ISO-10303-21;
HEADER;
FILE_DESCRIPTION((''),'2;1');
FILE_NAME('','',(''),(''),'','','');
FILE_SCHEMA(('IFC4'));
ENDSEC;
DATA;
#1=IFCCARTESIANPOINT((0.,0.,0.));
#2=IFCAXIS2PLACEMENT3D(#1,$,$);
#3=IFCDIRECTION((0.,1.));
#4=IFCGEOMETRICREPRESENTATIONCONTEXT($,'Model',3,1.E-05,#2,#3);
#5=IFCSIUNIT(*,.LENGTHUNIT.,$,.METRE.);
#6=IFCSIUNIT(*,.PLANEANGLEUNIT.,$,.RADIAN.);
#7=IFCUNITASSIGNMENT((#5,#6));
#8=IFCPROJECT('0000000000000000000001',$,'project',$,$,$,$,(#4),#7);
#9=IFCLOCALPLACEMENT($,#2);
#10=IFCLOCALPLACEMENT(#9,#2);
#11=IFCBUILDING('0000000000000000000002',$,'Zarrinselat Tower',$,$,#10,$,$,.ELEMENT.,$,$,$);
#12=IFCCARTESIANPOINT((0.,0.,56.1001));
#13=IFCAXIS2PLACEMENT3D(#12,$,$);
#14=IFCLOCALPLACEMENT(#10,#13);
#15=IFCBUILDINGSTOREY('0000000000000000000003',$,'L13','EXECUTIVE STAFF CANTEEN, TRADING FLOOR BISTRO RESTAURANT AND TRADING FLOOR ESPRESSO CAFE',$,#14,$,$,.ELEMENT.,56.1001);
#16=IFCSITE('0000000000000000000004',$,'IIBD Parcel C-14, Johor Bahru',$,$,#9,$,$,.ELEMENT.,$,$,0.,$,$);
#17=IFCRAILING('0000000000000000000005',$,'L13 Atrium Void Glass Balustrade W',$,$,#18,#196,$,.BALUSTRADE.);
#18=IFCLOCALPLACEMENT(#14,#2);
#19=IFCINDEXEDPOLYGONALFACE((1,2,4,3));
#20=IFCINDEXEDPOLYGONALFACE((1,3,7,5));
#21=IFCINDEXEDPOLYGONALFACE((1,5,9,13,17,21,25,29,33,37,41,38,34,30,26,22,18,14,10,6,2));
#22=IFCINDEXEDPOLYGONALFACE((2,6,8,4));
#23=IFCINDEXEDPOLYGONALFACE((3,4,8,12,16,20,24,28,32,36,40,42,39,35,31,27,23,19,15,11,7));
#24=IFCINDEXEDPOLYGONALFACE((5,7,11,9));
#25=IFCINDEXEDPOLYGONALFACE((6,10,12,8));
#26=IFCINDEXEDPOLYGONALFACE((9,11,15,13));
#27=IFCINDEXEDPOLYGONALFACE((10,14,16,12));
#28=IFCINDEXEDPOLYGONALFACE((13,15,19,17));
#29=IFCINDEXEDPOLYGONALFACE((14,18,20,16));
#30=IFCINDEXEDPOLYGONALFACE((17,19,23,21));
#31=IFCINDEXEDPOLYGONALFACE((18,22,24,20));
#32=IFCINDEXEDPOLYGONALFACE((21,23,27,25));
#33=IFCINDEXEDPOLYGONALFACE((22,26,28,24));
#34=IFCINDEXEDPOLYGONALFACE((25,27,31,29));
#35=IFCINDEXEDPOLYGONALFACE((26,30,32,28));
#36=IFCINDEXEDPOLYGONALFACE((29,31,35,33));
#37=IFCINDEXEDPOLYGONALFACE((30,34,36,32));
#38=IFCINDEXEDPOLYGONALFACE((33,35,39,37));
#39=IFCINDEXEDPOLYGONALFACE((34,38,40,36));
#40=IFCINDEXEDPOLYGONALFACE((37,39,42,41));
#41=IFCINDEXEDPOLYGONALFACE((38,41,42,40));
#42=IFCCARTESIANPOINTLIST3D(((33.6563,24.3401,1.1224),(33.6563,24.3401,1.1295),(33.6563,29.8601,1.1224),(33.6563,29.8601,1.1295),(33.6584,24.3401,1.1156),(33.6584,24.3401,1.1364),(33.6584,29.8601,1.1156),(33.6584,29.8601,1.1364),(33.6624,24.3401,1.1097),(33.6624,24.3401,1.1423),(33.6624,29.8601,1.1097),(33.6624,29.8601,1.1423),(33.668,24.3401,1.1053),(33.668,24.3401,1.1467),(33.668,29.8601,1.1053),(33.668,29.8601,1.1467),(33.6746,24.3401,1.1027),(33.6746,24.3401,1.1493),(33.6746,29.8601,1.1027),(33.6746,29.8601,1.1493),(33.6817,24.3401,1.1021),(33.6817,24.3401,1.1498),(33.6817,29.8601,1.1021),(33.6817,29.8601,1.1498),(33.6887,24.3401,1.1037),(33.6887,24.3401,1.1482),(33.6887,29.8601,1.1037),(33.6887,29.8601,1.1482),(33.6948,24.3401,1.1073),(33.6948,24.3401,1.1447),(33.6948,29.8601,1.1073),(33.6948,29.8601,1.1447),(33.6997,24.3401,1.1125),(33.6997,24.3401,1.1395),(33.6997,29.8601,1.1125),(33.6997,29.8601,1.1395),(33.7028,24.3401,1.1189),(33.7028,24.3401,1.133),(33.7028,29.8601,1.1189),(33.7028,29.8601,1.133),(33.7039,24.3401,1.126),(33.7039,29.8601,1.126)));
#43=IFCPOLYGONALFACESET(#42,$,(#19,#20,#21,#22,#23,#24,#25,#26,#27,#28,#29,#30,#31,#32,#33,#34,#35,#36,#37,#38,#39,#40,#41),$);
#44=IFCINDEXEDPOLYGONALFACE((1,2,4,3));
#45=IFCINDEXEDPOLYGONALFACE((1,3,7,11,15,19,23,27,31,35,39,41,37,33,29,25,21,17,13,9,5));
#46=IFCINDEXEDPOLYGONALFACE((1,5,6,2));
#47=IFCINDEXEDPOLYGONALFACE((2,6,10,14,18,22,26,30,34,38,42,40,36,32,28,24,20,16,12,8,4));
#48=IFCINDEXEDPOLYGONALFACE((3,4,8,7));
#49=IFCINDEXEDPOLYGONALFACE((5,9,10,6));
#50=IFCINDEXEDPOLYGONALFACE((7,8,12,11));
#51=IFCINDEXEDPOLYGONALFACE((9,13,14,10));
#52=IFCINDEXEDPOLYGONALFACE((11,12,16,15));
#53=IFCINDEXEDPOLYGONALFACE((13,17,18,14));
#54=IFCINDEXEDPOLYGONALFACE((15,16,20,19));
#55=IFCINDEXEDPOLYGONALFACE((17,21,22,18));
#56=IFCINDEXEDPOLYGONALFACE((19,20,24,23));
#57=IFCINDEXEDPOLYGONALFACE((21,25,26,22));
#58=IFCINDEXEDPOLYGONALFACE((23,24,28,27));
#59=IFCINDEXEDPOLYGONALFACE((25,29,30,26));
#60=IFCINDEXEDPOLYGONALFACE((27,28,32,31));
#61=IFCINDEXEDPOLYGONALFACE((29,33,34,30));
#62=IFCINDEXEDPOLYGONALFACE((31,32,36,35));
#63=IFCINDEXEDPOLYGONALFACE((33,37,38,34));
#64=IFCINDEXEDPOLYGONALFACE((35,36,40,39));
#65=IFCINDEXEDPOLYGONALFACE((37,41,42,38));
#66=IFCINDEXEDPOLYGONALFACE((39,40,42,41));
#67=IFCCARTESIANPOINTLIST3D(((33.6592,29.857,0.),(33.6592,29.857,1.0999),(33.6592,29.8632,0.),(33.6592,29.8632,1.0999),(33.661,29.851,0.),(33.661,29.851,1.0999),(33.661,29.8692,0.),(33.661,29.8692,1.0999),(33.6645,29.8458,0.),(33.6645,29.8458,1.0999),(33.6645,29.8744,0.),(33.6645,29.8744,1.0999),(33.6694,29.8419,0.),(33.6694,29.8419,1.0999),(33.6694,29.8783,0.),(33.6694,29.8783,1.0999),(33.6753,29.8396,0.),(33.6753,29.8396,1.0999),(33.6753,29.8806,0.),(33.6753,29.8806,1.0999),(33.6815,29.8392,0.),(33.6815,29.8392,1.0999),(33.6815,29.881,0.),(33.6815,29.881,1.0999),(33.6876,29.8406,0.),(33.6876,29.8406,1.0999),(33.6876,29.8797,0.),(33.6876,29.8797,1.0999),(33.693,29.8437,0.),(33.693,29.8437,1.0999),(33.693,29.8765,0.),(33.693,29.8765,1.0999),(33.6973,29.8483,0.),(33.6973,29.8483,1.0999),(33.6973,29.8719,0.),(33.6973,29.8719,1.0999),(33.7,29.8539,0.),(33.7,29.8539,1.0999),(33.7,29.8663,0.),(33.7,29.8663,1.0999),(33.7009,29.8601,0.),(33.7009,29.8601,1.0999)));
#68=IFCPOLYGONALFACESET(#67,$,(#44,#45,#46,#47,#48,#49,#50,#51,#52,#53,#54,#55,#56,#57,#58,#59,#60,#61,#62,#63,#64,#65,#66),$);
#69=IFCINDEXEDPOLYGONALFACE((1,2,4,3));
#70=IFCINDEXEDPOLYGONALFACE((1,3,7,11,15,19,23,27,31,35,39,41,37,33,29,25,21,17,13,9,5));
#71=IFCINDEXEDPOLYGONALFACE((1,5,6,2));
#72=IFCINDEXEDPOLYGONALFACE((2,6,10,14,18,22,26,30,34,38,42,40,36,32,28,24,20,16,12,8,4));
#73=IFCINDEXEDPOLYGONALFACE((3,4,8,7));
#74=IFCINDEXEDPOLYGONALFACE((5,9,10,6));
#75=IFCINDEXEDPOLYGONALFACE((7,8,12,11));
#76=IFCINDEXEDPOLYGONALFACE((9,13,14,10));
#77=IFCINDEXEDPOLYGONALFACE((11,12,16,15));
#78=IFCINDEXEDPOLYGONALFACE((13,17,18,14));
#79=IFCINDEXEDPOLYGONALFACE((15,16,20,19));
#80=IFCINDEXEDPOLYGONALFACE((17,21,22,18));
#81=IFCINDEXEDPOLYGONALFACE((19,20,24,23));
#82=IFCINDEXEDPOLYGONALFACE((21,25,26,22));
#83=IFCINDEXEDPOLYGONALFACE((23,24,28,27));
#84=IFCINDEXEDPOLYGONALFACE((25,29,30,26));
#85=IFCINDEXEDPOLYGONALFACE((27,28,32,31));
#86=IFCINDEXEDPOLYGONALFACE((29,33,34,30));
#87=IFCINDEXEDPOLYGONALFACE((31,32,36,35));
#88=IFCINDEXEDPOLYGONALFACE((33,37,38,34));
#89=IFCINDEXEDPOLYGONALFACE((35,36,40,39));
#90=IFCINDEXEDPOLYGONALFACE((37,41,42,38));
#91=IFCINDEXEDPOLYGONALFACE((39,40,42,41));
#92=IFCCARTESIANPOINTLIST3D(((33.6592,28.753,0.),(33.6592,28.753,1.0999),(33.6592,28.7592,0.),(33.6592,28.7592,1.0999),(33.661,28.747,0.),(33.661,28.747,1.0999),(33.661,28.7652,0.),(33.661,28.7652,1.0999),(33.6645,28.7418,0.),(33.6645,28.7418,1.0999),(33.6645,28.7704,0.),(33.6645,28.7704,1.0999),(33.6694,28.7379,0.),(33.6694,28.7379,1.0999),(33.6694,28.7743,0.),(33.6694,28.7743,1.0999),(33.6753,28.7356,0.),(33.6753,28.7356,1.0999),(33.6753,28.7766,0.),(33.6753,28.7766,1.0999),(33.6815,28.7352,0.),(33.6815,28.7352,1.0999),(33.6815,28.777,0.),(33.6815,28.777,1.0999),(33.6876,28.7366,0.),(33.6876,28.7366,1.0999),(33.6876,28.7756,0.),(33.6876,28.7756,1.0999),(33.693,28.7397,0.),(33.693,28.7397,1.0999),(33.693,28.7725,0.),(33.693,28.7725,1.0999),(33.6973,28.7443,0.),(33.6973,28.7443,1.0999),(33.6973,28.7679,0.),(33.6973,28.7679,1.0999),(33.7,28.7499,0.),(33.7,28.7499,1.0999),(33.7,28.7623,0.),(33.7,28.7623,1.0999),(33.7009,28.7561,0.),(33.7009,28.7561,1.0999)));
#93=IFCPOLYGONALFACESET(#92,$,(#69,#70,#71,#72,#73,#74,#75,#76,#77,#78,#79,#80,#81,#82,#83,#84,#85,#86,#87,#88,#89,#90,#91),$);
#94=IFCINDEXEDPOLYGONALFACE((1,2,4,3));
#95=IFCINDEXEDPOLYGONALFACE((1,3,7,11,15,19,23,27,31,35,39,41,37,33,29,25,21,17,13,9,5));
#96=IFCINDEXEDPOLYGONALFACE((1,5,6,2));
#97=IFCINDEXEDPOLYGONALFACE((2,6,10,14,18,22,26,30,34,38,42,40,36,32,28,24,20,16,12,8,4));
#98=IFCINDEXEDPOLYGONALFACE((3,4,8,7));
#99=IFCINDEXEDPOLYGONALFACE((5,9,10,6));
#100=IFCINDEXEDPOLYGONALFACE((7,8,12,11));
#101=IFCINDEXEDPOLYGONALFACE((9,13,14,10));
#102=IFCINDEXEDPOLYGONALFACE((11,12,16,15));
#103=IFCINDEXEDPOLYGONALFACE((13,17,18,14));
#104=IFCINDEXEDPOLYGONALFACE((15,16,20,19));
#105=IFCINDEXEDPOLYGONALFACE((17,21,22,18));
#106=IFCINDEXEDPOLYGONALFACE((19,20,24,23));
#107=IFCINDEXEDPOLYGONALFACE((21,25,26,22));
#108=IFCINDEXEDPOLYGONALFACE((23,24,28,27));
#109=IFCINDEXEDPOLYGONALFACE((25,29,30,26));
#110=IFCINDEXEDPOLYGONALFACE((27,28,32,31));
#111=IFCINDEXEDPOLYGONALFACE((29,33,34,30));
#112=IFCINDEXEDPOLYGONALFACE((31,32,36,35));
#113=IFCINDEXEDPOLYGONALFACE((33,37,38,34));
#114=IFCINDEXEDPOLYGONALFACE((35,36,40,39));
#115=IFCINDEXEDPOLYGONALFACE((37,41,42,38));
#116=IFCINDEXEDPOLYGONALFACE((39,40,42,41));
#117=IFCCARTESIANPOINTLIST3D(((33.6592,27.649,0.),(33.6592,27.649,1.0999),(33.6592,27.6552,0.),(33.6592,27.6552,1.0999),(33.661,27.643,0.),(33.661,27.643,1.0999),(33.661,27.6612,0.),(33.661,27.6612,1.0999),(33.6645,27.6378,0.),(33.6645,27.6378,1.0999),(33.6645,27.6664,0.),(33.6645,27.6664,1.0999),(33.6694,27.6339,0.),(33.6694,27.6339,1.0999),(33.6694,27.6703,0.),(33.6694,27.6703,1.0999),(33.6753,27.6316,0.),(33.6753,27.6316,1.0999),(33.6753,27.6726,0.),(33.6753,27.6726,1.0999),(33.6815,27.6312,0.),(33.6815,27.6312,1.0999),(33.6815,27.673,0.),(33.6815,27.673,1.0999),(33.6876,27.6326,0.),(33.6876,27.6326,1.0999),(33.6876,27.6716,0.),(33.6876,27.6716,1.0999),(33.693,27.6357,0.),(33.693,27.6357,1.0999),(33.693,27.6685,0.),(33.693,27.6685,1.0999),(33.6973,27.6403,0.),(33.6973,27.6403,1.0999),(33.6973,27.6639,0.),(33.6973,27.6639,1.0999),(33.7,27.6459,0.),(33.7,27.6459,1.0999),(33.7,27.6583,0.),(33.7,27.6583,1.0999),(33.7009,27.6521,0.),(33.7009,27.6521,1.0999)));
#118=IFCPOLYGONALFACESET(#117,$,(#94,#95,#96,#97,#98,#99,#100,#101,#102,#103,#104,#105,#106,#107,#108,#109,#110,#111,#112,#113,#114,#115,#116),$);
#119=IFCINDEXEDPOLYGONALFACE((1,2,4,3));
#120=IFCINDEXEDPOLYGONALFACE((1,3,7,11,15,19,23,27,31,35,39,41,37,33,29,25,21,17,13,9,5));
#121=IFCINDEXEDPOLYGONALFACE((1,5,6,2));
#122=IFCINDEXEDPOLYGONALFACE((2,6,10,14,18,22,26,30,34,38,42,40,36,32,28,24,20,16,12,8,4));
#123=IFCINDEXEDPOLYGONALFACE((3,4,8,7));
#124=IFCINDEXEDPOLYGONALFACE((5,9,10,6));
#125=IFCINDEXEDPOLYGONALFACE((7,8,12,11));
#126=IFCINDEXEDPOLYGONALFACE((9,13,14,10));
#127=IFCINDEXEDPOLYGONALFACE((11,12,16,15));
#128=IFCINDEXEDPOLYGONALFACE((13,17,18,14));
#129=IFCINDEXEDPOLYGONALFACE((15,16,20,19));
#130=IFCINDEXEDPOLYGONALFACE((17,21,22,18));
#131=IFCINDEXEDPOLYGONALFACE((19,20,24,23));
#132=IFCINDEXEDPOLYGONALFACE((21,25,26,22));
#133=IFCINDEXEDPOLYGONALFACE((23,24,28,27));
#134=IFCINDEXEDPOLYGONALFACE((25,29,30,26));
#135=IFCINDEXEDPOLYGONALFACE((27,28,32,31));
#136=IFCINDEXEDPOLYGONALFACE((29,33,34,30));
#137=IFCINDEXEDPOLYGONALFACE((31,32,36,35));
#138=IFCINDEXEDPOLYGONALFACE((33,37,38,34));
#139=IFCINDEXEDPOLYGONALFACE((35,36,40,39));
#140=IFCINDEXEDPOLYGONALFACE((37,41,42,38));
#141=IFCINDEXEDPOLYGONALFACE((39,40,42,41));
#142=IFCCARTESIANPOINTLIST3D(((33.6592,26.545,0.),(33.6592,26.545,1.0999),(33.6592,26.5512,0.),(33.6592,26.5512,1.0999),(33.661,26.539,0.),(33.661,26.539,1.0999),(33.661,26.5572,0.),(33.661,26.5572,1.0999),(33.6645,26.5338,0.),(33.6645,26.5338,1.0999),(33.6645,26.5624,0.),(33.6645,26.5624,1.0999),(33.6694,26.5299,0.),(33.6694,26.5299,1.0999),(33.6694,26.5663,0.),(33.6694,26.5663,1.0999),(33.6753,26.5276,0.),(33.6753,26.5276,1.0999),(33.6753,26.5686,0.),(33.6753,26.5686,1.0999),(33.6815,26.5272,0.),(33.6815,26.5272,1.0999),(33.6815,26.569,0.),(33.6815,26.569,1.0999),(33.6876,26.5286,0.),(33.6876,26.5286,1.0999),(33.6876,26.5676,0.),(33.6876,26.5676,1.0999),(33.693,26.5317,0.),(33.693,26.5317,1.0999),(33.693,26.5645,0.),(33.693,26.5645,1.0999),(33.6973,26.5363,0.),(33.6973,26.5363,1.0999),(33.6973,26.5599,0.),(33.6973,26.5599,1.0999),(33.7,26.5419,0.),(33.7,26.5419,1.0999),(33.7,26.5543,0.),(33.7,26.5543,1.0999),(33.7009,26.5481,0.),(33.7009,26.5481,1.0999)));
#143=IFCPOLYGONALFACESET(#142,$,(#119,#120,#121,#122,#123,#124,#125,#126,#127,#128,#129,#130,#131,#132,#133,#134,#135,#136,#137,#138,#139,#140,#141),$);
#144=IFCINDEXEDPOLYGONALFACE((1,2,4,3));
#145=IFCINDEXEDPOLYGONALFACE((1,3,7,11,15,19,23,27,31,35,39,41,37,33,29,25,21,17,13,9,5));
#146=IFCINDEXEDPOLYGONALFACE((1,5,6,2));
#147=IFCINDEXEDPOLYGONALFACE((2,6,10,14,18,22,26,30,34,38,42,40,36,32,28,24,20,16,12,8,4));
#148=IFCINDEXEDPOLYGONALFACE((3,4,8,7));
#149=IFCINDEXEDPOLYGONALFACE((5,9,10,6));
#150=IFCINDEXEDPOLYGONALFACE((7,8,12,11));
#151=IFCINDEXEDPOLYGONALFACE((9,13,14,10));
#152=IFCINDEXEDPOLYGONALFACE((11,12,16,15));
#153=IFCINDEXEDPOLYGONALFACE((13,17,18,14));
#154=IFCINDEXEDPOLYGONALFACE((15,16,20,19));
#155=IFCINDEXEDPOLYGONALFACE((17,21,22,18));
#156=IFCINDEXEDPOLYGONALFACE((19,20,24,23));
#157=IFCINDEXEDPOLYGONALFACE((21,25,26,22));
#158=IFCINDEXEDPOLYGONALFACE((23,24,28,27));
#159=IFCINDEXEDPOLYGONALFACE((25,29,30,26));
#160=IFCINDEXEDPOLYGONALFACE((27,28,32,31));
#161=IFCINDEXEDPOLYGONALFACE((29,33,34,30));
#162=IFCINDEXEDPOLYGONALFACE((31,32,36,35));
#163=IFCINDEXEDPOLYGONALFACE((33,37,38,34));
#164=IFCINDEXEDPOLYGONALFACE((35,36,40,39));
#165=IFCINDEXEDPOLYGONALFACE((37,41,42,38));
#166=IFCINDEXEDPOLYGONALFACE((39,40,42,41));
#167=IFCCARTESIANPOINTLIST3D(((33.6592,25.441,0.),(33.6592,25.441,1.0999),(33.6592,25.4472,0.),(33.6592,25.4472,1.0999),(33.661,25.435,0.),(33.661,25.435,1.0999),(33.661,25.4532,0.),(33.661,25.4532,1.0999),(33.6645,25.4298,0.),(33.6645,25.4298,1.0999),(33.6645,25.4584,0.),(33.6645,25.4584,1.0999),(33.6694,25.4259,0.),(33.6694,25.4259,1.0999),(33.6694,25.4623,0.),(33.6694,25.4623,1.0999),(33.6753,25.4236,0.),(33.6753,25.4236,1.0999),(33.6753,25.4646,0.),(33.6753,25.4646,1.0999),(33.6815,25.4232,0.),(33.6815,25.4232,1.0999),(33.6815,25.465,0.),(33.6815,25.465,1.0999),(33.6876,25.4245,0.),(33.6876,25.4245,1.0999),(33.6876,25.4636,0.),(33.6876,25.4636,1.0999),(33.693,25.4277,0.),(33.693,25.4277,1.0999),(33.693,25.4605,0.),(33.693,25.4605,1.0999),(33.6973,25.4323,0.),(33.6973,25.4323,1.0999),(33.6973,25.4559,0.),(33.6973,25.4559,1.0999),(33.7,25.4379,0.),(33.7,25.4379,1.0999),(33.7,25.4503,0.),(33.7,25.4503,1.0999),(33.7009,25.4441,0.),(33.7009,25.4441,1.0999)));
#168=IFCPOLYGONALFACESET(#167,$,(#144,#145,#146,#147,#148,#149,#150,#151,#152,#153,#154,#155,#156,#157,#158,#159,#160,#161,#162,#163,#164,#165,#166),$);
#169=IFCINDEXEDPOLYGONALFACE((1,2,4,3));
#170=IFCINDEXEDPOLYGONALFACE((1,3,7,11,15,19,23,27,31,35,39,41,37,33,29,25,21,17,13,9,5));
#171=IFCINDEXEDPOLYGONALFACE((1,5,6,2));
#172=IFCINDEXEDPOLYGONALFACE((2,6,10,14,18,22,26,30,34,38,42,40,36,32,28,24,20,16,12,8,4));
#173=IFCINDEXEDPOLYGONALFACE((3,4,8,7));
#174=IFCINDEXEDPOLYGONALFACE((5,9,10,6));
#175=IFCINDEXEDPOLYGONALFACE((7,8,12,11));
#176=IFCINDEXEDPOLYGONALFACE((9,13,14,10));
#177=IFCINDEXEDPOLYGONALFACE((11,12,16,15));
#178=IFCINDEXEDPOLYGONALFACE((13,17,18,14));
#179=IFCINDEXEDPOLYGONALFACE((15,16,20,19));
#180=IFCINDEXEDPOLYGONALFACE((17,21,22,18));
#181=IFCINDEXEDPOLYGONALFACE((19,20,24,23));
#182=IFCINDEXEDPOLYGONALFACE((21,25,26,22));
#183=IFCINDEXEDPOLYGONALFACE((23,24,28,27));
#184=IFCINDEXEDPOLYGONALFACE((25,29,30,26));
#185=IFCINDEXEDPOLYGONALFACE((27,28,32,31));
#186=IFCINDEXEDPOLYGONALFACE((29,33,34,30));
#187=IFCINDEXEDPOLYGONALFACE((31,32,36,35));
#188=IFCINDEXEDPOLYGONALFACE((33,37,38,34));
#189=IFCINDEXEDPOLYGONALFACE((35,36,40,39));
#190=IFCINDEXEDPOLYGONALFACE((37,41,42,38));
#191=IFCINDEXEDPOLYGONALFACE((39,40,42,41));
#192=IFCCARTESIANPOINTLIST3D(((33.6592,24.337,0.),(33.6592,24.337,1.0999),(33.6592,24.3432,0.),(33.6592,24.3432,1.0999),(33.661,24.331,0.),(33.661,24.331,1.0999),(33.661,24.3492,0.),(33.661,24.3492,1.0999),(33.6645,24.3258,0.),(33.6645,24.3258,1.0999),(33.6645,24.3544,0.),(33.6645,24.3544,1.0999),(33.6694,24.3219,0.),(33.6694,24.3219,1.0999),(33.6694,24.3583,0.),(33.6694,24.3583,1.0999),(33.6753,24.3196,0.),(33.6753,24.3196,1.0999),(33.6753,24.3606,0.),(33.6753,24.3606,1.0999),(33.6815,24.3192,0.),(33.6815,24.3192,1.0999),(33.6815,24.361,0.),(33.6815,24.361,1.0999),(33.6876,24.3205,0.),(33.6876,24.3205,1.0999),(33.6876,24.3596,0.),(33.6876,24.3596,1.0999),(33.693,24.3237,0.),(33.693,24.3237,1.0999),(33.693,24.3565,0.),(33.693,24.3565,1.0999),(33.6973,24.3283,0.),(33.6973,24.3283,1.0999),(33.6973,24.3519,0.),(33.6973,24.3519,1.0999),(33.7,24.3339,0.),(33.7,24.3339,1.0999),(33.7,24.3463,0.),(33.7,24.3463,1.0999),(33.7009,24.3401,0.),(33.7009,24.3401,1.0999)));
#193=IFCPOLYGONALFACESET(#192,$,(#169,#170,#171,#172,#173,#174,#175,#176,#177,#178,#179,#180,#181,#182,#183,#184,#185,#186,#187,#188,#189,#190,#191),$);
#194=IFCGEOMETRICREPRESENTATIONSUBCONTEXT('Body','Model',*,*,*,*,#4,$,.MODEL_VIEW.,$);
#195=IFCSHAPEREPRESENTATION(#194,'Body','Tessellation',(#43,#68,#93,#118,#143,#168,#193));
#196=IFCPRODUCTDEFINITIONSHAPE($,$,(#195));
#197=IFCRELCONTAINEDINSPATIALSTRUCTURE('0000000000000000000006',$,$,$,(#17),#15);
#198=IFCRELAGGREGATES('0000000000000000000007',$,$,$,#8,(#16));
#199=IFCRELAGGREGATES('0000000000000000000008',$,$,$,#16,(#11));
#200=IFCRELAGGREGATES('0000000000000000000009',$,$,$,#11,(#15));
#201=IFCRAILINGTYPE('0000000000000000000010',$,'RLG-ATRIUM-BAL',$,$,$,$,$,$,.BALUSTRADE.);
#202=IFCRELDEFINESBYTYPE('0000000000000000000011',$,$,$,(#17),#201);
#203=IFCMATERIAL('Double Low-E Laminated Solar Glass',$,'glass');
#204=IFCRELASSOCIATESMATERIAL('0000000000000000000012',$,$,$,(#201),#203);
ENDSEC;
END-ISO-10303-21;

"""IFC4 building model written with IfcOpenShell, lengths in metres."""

from ifc_helpers import new_model, si_unit, direction, frame, origin, origin_2d, place, context, subcontext, project, spatial, circle, extrude, material, type_object, element, save


model = new_model("IFC4")

# Units and contexts
model_context = context("Model", 3, precision=1e-05, world=origin(), true_north=direction((0.0, 1.0)))
body_context = subcontext(model_context, "Body", "Model", "MODEL_VIEW")
ifc_project = project(units=[si_unit("LENGTHUNIT", "METRE"), si_unit("PLANEANGLEUNIT", "RADIAN")], contexts=[model_context])

# Site, building, storey
site_placement = place(None, origin())
site = spatial("IfcSite", under=ifc_project, at=site_placement, Name="IIBD Parcel C-14, Johor Bahru", CompositionType="ELEMENT", RefElevation=0.0)
building_placement = place(site_placement, origin())
building = spatial("IfcBuilding", under=site, at=building_placement, Name="Zarrinselat Tower", CompositionType="ELEMENT")
storey_placement = place(building_placement, frame((0.0, 0.0, 56.1001)))
storey = spatial("IfcBuildingStorey", under=building, at=storey_placement, Name="L13", Description="EXECUTIVE STAFF CANTEEN, TRADING FLOOR BISTRO RESTAURANT AND TRADING FLOOR ESPRESSO CAFE", CompositionType="ELEMENT", Elevation=56.1001)

# Railing
ifc_material_1 = material(Name="Double Low-E Laminated Solar Glass", Category="glass")
railing_type_1 = type_object("IfcRailingType", Name="RLG-ATRIUM-BAL", PredefinedType="BALUSTRADE", material=ifc_material_1)
railing_1_placement = place(storey_placement, frame((33.6799, 29.8601, 0.0)))
element("IfcRailing", 1, at=railing_1_placement, inside=storey, type_object=railing_type_1, Name="L13 Atrium Void Glass Balustrade W", PredefinedType="BALUSTRADE", context=body_context, shape_type="SweptSolid", body=[
    extrude(circle(Radius=0.0239, at=origin_2d()), frame((0.0, 0.0, 1.126), z_axis=(0.0, -1.0, 0.0), x_axis=(1.0, 0.0, 0.0)), (0.0, 0.0, 1.0), 5.52),
    extrude(circle(Radius=0.021, at=origin_2d()), origin(), (0.0, 0.0, 1.0), 1.0999),
    extrude(circle(Radius=0.021, at=origin_2d()), frame((0.0, -1.104, 0.0)), (0.0, 0.0, 1.0), 1.0999),
    extrude(circle(Radius=0.021, at=origin_2d()), frame((0.0, -2.208, 0.0)), (0.0, 0.0, 1.0), 1.0999),
    extrude(circle(Radius=0.021, at=origin_2d()), frame((0.0, -3.312, 0.0)), (0.0, 0.0, 1.0), 1.0999),
    extrude(circle(Radius=0.021, at=origin_2d()), frame((0.0, -4.416, 0.0)), (0.0, 0.0, 1.0), 1.0999),
    extrude(circle(Radius=0.021, at=origin_2d()), frame((0.0, -5.52, 0.0)), (0.0, 0.0, 1.0), 1.0999),
])

save(model, "model.ifc")
